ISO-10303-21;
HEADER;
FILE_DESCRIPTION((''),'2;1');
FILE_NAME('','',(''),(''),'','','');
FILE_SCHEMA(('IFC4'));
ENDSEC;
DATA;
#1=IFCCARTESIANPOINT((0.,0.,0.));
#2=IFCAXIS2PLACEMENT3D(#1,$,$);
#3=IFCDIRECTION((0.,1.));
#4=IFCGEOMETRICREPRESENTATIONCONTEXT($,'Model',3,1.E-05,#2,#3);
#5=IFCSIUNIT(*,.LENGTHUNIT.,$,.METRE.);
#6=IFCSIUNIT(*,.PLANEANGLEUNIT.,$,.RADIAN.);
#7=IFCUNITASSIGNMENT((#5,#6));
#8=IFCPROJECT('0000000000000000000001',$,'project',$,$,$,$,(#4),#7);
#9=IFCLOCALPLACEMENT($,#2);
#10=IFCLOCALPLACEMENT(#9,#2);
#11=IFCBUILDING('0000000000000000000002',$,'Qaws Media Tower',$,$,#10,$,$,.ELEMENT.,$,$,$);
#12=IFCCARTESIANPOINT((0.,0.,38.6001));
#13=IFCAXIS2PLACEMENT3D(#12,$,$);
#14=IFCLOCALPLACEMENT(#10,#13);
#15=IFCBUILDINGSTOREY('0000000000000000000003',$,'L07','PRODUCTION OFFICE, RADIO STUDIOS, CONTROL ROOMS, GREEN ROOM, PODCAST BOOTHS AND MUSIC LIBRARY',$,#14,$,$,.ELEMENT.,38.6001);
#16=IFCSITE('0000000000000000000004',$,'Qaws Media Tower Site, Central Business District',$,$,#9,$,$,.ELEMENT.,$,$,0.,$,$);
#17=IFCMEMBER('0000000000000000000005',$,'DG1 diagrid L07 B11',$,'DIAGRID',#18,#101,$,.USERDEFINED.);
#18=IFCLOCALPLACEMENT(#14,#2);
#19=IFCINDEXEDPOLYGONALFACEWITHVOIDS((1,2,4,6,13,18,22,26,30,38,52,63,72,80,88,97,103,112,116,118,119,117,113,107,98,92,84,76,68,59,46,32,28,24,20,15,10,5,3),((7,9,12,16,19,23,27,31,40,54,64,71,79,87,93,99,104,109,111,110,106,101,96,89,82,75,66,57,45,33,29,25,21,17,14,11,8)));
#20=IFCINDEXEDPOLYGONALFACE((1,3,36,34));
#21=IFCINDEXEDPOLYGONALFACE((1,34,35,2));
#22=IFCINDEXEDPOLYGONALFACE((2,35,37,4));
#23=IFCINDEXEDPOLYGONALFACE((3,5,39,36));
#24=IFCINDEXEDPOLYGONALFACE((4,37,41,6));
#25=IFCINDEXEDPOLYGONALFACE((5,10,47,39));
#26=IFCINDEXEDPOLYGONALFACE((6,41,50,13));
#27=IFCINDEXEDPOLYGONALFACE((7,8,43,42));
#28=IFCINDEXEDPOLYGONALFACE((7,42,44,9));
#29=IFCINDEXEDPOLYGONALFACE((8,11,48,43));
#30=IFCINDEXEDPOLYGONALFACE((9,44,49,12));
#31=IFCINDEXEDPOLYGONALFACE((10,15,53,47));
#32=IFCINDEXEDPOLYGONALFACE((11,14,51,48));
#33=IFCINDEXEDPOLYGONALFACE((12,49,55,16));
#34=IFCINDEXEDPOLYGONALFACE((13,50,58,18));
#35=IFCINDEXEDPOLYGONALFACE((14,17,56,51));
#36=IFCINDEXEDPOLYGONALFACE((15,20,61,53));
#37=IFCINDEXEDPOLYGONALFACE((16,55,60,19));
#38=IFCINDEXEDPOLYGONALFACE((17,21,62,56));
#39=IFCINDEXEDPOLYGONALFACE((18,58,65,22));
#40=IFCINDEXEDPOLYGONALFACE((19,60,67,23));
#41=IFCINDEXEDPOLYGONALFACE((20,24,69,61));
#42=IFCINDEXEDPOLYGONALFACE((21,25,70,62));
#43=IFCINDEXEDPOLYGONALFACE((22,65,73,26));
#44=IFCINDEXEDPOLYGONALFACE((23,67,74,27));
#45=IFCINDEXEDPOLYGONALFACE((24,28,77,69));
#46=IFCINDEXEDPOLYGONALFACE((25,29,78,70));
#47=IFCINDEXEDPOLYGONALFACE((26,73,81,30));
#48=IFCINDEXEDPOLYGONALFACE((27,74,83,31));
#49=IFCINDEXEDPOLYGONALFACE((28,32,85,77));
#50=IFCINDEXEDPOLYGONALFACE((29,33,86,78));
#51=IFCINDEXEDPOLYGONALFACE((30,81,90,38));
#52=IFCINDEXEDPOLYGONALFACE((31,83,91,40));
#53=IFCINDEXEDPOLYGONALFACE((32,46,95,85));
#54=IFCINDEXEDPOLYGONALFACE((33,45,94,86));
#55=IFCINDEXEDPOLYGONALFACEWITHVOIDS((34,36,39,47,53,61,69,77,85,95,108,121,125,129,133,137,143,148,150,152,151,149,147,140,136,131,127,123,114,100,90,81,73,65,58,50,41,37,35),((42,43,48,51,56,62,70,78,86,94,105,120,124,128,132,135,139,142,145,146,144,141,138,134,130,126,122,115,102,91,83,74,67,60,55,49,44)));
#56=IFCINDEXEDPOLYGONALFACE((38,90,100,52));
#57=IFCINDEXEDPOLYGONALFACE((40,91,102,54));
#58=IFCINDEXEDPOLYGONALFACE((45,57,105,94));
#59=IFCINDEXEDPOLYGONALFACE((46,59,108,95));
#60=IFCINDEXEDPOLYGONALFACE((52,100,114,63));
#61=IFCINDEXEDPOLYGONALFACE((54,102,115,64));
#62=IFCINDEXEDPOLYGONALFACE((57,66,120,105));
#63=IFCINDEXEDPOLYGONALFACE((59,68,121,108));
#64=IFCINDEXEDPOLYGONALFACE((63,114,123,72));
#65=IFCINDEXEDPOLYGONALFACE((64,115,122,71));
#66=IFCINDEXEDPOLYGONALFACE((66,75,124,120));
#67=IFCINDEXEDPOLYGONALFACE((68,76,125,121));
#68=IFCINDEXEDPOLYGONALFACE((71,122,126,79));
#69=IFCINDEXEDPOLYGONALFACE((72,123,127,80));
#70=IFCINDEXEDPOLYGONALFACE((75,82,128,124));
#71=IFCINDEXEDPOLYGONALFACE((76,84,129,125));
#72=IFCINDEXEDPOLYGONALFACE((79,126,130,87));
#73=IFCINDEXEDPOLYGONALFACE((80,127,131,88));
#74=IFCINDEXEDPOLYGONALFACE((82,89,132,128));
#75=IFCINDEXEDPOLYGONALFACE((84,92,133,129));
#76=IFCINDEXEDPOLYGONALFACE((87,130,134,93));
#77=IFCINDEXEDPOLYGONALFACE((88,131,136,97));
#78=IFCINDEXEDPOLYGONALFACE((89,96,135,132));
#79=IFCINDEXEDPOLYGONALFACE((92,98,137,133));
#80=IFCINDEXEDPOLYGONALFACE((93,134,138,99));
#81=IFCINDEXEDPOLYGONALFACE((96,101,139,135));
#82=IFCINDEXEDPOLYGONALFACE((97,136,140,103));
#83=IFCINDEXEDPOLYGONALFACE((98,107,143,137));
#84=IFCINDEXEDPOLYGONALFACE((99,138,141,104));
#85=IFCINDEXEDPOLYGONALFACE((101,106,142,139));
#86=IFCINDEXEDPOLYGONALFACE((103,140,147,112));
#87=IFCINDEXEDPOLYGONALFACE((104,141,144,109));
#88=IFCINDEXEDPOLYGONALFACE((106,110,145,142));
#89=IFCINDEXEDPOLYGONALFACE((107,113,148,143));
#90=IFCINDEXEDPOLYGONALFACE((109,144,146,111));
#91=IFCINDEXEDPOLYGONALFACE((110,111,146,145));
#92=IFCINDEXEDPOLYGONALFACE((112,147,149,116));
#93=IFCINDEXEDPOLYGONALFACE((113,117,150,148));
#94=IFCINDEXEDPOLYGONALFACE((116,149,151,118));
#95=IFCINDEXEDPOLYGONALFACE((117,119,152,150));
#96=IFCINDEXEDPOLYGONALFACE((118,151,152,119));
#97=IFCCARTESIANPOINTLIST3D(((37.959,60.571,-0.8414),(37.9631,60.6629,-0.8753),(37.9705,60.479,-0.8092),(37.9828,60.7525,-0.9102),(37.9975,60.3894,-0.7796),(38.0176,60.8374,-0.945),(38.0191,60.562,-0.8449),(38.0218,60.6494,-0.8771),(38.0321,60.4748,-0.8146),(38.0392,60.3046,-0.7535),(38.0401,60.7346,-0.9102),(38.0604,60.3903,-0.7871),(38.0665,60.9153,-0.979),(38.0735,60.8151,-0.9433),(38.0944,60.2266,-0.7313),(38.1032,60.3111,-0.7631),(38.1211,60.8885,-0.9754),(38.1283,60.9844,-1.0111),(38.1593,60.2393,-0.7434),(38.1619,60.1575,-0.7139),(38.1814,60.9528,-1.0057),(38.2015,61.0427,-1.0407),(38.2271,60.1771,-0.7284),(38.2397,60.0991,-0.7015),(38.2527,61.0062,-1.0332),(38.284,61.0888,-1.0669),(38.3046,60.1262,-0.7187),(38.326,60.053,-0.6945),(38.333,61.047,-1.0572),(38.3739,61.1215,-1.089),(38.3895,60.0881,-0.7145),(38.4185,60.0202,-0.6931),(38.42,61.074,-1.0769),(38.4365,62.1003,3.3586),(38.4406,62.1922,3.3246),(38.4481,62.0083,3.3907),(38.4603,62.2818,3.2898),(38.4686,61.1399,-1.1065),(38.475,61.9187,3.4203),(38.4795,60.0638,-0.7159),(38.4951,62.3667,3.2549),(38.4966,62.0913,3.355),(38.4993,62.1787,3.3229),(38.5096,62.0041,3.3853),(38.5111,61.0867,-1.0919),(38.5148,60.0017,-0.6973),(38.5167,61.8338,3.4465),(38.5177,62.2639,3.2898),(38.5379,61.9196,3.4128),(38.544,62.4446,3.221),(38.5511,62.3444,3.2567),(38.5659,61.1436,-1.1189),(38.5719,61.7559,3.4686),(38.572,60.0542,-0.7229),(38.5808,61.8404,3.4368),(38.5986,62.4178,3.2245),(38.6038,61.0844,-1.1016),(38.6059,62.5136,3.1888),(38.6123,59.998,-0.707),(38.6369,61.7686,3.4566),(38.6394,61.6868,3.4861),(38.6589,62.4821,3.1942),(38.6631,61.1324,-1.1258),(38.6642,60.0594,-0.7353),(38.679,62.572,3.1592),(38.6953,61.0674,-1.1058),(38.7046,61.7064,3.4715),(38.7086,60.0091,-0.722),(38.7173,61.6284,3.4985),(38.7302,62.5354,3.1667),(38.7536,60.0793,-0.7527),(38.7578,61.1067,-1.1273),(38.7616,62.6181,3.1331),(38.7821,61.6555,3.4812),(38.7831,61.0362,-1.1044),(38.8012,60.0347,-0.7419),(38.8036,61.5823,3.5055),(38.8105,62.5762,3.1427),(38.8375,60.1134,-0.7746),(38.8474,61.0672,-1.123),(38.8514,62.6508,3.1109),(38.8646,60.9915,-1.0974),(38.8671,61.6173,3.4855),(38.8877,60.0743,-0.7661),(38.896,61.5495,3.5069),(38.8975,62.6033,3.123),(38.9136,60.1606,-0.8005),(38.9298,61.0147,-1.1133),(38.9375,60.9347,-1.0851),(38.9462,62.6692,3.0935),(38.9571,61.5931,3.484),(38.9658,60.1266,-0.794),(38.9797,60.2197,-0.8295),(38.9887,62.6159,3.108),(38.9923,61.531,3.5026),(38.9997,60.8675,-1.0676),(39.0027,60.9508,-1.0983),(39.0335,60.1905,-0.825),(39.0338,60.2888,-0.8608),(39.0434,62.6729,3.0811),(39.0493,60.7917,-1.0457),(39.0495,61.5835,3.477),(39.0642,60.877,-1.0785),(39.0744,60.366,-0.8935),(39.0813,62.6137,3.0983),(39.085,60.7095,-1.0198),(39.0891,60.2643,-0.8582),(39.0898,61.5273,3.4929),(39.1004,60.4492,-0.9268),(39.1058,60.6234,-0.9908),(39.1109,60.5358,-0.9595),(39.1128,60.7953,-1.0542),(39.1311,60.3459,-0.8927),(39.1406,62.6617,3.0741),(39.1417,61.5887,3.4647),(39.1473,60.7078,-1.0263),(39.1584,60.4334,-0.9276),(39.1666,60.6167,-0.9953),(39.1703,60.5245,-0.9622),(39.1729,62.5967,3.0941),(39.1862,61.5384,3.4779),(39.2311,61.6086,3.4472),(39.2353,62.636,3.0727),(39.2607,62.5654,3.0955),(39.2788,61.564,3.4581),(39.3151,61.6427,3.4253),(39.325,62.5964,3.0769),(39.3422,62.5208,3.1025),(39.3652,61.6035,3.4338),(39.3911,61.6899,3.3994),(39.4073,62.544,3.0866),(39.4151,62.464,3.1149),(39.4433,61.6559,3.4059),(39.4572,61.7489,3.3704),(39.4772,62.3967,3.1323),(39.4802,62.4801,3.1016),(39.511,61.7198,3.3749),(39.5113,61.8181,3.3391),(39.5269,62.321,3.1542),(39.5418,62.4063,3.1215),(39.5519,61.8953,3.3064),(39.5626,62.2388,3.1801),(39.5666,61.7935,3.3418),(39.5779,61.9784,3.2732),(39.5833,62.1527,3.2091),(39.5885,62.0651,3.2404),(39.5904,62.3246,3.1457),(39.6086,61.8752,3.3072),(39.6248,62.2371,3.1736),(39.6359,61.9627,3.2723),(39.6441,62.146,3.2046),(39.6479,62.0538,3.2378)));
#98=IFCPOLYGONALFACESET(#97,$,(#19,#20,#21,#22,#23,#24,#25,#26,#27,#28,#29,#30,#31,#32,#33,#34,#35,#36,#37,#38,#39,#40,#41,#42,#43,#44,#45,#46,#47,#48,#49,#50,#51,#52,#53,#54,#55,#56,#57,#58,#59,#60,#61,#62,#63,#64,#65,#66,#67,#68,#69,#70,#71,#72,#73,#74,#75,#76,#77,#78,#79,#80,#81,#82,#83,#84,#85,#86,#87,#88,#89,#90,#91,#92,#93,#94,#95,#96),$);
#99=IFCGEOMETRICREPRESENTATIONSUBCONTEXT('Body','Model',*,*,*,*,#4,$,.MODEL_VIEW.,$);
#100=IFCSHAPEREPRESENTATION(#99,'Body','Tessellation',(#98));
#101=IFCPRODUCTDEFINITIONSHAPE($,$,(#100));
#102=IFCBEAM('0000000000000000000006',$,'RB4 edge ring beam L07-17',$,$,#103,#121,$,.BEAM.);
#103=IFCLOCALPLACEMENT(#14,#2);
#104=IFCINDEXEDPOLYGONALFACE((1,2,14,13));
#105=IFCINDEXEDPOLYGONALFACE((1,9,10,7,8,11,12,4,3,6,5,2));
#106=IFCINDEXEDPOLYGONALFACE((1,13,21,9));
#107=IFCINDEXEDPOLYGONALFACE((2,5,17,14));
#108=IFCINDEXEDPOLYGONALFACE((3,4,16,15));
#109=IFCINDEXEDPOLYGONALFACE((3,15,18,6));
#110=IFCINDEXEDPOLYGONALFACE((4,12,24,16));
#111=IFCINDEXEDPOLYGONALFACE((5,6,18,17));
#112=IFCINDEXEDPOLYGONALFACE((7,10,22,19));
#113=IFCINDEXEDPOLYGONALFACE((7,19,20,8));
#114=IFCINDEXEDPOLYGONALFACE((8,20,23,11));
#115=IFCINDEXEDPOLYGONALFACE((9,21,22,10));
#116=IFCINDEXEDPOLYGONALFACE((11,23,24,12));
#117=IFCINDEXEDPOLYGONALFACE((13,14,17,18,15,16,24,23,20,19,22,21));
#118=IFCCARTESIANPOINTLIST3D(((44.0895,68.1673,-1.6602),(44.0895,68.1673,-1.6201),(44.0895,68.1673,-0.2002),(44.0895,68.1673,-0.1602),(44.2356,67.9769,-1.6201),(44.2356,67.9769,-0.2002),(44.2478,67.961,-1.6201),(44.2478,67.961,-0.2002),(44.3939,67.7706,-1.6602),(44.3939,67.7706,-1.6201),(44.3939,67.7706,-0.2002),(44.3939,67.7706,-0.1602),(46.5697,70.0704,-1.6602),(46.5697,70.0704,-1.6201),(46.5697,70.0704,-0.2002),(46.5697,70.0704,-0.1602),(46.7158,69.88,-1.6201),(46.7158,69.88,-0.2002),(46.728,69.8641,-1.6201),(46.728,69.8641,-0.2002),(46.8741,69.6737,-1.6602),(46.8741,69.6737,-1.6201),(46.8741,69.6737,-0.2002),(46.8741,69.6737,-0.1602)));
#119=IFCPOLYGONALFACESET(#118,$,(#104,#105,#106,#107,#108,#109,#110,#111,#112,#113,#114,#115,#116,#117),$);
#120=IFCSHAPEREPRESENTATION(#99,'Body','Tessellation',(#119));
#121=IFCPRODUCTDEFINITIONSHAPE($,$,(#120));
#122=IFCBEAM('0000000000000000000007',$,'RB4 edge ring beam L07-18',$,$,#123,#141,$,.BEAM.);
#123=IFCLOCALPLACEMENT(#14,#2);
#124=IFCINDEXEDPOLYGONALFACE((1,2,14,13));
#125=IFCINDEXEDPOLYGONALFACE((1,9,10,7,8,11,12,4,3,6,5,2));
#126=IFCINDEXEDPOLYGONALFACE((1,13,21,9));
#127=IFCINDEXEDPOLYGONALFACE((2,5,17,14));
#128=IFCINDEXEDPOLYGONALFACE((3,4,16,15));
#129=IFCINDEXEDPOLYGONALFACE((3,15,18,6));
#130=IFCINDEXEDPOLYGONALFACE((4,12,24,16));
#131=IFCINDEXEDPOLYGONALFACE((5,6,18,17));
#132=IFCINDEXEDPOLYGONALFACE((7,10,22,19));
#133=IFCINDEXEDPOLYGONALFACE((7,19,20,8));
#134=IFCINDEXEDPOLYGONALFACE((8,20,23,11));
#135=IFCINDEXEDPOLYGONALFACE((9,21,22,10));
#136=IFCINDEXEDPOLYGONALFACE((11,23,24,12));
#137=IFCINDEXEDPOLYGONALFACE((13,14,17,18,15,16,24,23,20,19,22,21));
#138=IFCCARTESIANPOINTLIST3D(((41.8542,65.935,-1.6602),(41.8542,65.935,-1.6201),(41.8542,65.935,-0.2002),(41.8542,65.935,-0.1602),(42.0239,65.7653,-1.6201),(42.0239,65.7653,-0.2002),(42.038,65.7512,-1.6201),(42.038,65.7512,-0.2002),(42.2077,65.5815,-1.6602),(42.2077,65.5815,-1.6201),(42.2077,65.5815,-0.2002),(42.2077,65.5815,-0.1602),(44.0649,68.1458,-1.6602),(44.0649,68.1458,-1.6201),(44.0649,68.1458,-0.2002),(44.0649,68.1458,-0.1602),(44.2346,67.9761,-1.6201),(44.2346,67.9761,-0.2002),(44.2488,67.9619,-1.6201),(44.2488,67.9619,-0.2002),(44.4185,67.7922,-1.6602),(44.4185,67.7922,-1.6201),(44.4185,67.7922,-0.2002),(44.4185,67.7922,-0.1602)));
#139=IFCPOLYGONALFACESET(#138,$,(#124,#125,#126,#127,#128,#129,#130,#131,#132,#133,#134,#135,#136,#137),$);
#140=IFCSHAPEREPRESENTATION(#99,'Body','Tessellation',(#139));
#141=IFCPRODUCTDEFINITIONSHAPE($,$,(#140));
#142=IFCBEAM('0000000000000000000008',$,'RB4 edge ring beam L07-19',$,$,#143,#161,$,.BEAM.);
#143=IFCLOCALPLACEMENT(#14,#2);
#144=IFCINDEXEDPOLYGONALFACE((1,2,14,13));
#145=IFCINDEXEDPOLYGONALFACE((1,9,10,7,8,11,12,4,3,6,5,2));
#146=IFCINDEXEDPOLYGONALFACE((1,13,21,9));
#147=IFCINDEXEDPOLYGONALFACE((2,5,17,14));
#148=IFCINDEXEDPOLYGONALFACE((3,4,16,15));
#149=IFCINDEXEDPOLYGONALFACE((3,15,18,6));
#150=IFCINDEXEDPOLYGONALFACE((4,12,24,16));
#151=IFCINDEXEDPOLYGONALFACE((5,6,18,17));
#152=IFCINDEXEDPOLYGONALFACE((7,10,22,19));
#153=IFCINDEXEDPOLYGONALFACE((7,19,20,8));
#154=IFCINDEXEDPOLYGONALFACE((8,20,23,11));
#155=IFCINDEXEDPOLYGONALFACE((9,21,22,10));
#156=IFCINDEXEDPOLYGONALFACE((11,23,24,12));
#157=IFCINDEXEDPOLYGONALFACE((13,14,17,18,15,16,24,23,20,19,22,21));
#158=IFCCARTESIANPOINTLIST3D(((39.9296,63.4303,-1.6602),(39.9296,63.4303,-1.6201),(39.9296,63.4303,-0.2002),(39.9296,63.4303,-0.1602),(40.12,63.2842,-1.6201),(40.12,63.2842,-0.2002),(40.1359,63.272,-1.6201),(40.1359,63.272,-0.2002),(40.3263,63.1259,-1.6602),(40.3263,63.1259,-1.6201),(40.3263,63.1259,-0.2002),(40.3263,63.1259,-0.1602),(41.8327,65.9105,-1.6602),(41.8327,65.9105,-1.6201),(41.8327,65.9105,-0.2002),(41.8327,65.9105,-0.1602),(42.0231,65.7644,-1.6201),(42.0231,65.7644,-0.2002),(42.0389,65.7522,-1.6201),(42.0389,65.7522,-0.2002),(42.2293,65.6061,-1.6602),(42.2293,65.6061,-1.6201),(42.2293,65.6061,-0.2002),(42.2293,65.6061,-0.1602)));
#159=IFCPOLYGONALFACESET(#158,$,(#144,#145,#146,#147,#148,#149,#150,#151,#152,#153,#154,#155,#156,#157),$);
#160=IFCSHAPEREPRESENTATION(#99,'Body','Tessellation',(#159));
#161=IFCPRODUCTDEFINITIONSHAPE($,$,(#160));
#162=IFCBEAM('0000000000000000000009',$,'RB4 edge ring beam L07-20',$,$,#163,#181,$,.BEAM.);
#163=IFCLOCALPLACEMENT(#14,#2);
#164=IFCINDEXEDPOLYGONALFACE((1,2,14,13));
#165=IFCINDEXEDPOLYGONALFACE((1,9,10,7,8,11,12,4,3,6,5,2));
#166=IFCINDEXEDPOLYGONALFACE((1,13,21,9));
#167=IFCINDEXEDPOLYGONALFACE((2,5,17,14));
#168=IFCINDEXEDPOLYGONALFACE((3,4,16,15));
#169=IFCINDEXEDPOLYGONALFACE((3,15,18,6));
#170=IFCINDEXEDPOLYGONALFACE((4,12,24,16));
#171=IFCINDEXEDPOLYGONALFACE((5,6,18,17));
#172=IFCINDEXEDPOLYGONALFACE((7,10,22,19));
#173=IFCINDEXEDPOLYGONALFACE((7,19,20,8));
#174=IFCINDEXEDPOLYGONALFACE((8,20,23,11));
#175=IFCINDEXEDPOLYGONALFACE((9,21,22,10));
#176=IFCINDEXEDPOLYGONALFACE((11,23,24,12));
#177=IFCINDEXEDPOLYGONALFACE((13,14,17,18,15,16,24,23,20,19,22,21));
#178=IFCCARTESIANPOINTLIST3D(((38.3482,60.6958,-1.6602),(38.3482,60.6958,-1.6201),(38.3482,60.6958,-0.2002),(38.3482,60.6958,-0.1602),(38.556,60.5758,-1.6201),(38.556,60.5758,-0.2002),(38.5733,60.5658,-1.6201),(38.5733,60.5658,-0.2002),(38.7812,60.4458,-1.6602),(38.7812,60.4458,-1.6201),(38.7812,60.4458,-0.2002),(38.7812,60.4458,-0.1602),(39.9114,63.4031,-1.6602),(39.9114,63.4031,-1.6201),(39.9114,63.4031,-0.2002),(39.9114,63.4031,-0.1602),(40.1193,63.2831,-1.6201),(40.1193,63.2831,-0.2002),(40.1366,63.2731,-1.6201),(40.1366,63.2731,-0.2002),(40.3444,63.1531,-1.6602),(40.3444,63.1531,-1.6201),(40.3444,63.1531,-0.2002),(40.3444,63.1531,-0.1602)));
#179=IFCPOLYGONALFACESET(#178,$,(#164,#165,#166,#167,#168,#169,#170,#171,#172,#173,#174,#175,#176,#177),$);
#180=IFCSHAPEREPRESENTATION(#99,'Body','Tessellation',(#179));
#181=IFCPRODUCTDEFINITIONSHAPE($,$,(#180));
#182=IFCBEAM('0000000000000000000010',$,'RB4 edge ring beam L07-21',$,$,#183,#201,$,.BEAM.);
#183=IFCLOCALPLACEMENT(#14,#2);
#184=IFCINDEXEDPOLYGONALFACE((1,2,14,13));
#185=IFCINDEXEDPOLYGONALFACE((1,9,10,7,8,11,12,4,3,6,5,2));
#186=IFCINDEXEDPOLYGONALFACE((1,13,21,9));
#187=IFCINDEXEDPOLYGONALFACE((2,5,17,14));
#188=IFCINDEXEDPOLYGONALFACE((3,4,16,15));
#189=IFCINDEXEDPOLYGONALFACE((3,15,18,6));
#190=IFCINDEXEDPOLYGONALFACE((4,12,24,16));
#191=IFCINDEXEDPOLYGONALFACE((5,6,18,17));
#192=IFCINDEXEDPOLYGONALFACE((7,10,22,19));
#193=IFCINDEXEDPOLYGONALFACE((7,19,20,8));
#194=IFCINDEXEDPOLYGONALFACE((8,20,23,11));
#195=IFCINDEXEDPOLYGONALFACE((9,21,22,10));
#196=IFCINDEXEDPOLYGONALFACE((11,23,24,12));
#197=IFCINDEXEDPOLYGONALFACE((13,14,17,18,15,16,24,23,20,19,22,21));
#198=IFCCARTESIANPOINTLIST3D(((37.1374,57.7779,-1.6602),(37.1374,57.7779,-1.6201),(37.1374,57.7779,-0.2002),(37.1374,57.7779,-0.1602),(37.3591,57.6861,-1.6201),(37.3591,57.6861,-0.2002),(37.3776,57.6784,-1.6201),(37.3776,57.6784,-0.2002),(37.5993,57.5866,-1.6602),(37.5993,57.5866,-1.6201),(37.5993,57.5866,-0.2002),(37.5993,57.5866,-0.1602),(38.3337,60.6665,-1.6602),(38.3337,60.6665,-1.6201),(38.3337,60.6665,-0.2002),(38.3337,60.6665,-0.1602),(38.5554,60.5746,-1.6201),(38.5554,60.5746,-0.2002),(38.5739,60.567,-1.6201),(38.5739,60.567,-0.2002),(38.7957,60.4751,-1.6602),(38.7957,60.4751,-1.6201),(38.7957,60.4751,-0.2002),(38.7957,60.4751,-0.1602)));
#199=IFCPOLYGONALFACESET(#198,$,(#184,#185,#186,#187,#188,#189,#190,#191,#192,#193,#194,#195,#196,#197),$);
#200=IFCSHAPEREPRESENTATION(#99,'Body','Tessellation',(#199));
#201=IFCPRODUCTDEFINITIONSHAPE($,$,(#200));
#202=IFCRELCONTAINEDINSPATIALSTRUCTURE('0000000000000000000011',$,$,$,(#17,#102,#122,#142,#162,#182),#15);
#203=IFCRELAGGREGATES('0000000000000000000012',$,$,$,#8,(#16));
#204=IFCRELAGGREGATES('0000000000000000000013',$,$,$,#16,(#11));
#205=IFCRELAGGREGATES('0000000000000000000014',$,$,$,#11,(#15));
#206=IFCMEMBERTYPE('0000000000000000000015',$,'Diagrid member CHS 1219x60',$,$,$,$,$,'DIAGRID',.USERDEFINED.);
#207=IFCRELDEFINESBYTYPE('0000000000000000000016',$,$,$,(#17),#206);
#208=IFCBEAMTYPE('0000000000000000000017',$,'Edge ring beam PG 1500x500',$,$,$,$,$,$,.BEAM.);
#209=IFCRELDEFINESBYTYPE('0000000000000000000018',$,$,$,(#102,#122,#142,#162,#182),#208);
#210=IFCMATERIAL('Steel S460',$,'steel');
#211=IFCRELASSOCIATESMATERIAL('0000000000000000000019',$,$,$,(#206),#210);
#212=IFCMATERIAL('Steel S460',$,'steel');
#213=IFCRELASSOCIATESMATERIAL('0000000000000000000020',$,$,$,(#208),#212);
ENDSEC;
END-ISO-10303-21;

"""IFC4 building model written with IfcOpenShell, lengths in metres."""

from ifc_helpers import new_model, si_unit, direction, frame, origin, origin_2d, place, context, subcontext, project, spatial, hollow_circle, i_section, extrude, material, material_profile, profile_set, type_object, element, save


model = new_model("IFC4")

# Units and contexts
model_context = context("Model", 3, precision=1e-05, world=origin(), true_north=direction((0.0, 1.0)))
body_context = subcontext(model_context, "Body", "Model", "MODEL_VIEW")
ifc_project = project(units=[si_unit("LENGTHUNIT", "METRE"), si_unit("PLANEANGLEUNIT", "RADIAN")], contexts=[model_context])

# Site, building, storey
site_placement = place(None, origin())
site = spatial("IfcSite", under=ifc_project, at=site_placement, Name="Qaws Media Tower Site, Central Business District", CompositionType="ELEMENT", RefElevation=0.0)
building_placement = place(site_placement, origin())
building = spatial("IfcBuilding", under=site, at=building_placement, Name="Qaws Media Tower", CompositionType="ELEMENT")
storey_placement = place(building_placement, frame((0.0, 0.0, 38.6001)))
storey = spatial("IfcBuildingStorey", under=building, at=storey_placement, Name="L07", Description="PRODUCTION OFFICE, RADIO STUDIOS, CONTROL ROOMS, GREEN ROOM, PODCAST BOOTHS AND MUSIC LIBRARY", CompositionType="ELEMENT", Elevation=38.6001)

# Member
ifc_material_1 = material(Name="Steel S460", Category="steel")
ifc_material_profile_1 = material_profile(ifc_material_1, hollow_circle(Radius=0.6096, WallThickness=0.0601, at=origin_2d()), Name="CHS 1219x60")
ifc_profile_set_1 = profile_set([ifc_material_profile_1], Name="Steel S460")
member_type_1 = type_object("IfcMemberType", Name="Diagrid member CHS 1219x60", ElementType="DIAGRID", PredefinedType="USERDEFINED", material=ifc_profile_set_1)
for number, where, z_axis, x_axis, name in (
    (1, (38.5647, 60.5708, -0.9102), (0.106234, 0.34021, 0.934329), (-0.954545, 0.298067, 0.0), "DG1 diagrid L07 B11"),
):
    element("IfcMember", number, at=place(storey_placement, frame(where, z_axis=z_axis, x_axis=x_axis)), inside=storey, type_object=member_type_1, Name=name, ObjectType="DIAGRID", PredefinedType="USERDEFINED", context=body_context, shape_type="SweptSolid", body=[
        extrude(hollow_circle(Radius=0.6096, WallThickness=0.0601, at=origin_2d()), origin(), (0.0, 0.0, 1.0), 4.4951),
    ])

# Beams
ifc_material_2 = material(Name="Steel S460", Category="steel")
ifc_material_profile_2 = material_profile(ifc_material_2, i_section(OverallWidth=0.5, OverallDepth=1.5, WebThickness=0.02, FlangeThickness=0.04, at=origin_2d()), Name="PG 1500x500")
ifc_profile_set_2 = profile_set([ifc_material_profile_2], Name="Steel S460")
beam_type = type_object("IfcBeamType", Name="Edge ring beam PG 1500x500", PredefinedType="BEAM", material=ifc_profile_set_2)
beam_1_placement = place(storey_placement, frame((46.7219, 69.8721, -0.9102), z_axis=(-0.793364, -0.608748, 0.0), x_axis=(0.608748, -0.793364, 0.0)))
element("IfcBeam", 2, at=beam_1_placement, inside=storey, type_object=beam_type, Name="RB4 edge ring beam L07-17", PredefinedType="BEAM", context=body_context, shape_type="SweptSolid", body=[
    extrude(i_section(OverallWidth=0.5, OverallDepth=1.5, WebThickness=0.02, FlangeThickness=0.04, at=origin_2d()), origin(), (0.0, 0.0, 1.0), 3.1262),
])
beam_2_placement = place(storey_placement, frame((44.2417, 67.969, -0.9102), z_axis=(-0.707107, -0.707107, 0.0), x_axis=(0.707107, -0.707107, 0.0)))
element("IfcBeam", 3, at=beam_2_placement, inside=storey, type_object=beam_type, Name="RB4 edge ring beam L07-18", PredefinedType="BEAM", context=body_context, shape_type="SweptSolid", body=[
    extrude(i_section(OverallWidth=0.5, OverallDepth=1.5, WebThickness=0.02, FlangeThickness=0.04, at=origin_2d()), origin(), (0.0, 0.0, 1.0), 3.1265),
])
for number, where, z_axis, x_axis, name in (
    (4, (42.031, 65.7583, -0.9102), (-0.608748, -0.793364, 0.0), (0.793364, -0.608748, 0.0), "RB4 edge ring beam L07-19"),
    (5, (40.1279, 63.2781, -0.9102), (-0.500045, -0.866, 0.0), (0.866, -0.500045, 0.0), "RB4 edge ring beam L07-20"),
):
    element("IfcBeam", number, at=place(storey_placement, frame(where, z_axis=z_axis, x_axis=x_axis)), inside=storey, type_object=beam_type, Name=name, PredefinedType="BEAM", context=body_context, shape_type="SweptSolid", body=[
        extrude(i_section(OverallWidth=0.5, OverallDepth=1.5, WebThickness=0.02, FlangeThickness=0.04, at=origin_2d()), origin(), (0.0, 0.0, 1.0), 3.1262),
    ])
beam_3_placement = place(storey_placement, frame((38.5647, 60.5708, -0.9102), z_axis=(-0.382646, -0.923895, 0.0), x_axis=(0.923895, -0.382646, 0.0)))
element("IfcBeam", 6, at=beam_3_placement, inside=storey, type_object=beam_type, Name="RB4 edge ring beam L07-21", PredefinedType="BEAM", context=body_context, shape_type="SweptSolid", body=[
    extrude(i_section(OverallWidth=0.5, OverallDepth=1.5, WebThickness=0.02, FlangeThickness=0.04, at=origin_2d()), origin(), (0.0, 0.0, 1.0), 3.1265),
])

save(model, "model.ifc")
